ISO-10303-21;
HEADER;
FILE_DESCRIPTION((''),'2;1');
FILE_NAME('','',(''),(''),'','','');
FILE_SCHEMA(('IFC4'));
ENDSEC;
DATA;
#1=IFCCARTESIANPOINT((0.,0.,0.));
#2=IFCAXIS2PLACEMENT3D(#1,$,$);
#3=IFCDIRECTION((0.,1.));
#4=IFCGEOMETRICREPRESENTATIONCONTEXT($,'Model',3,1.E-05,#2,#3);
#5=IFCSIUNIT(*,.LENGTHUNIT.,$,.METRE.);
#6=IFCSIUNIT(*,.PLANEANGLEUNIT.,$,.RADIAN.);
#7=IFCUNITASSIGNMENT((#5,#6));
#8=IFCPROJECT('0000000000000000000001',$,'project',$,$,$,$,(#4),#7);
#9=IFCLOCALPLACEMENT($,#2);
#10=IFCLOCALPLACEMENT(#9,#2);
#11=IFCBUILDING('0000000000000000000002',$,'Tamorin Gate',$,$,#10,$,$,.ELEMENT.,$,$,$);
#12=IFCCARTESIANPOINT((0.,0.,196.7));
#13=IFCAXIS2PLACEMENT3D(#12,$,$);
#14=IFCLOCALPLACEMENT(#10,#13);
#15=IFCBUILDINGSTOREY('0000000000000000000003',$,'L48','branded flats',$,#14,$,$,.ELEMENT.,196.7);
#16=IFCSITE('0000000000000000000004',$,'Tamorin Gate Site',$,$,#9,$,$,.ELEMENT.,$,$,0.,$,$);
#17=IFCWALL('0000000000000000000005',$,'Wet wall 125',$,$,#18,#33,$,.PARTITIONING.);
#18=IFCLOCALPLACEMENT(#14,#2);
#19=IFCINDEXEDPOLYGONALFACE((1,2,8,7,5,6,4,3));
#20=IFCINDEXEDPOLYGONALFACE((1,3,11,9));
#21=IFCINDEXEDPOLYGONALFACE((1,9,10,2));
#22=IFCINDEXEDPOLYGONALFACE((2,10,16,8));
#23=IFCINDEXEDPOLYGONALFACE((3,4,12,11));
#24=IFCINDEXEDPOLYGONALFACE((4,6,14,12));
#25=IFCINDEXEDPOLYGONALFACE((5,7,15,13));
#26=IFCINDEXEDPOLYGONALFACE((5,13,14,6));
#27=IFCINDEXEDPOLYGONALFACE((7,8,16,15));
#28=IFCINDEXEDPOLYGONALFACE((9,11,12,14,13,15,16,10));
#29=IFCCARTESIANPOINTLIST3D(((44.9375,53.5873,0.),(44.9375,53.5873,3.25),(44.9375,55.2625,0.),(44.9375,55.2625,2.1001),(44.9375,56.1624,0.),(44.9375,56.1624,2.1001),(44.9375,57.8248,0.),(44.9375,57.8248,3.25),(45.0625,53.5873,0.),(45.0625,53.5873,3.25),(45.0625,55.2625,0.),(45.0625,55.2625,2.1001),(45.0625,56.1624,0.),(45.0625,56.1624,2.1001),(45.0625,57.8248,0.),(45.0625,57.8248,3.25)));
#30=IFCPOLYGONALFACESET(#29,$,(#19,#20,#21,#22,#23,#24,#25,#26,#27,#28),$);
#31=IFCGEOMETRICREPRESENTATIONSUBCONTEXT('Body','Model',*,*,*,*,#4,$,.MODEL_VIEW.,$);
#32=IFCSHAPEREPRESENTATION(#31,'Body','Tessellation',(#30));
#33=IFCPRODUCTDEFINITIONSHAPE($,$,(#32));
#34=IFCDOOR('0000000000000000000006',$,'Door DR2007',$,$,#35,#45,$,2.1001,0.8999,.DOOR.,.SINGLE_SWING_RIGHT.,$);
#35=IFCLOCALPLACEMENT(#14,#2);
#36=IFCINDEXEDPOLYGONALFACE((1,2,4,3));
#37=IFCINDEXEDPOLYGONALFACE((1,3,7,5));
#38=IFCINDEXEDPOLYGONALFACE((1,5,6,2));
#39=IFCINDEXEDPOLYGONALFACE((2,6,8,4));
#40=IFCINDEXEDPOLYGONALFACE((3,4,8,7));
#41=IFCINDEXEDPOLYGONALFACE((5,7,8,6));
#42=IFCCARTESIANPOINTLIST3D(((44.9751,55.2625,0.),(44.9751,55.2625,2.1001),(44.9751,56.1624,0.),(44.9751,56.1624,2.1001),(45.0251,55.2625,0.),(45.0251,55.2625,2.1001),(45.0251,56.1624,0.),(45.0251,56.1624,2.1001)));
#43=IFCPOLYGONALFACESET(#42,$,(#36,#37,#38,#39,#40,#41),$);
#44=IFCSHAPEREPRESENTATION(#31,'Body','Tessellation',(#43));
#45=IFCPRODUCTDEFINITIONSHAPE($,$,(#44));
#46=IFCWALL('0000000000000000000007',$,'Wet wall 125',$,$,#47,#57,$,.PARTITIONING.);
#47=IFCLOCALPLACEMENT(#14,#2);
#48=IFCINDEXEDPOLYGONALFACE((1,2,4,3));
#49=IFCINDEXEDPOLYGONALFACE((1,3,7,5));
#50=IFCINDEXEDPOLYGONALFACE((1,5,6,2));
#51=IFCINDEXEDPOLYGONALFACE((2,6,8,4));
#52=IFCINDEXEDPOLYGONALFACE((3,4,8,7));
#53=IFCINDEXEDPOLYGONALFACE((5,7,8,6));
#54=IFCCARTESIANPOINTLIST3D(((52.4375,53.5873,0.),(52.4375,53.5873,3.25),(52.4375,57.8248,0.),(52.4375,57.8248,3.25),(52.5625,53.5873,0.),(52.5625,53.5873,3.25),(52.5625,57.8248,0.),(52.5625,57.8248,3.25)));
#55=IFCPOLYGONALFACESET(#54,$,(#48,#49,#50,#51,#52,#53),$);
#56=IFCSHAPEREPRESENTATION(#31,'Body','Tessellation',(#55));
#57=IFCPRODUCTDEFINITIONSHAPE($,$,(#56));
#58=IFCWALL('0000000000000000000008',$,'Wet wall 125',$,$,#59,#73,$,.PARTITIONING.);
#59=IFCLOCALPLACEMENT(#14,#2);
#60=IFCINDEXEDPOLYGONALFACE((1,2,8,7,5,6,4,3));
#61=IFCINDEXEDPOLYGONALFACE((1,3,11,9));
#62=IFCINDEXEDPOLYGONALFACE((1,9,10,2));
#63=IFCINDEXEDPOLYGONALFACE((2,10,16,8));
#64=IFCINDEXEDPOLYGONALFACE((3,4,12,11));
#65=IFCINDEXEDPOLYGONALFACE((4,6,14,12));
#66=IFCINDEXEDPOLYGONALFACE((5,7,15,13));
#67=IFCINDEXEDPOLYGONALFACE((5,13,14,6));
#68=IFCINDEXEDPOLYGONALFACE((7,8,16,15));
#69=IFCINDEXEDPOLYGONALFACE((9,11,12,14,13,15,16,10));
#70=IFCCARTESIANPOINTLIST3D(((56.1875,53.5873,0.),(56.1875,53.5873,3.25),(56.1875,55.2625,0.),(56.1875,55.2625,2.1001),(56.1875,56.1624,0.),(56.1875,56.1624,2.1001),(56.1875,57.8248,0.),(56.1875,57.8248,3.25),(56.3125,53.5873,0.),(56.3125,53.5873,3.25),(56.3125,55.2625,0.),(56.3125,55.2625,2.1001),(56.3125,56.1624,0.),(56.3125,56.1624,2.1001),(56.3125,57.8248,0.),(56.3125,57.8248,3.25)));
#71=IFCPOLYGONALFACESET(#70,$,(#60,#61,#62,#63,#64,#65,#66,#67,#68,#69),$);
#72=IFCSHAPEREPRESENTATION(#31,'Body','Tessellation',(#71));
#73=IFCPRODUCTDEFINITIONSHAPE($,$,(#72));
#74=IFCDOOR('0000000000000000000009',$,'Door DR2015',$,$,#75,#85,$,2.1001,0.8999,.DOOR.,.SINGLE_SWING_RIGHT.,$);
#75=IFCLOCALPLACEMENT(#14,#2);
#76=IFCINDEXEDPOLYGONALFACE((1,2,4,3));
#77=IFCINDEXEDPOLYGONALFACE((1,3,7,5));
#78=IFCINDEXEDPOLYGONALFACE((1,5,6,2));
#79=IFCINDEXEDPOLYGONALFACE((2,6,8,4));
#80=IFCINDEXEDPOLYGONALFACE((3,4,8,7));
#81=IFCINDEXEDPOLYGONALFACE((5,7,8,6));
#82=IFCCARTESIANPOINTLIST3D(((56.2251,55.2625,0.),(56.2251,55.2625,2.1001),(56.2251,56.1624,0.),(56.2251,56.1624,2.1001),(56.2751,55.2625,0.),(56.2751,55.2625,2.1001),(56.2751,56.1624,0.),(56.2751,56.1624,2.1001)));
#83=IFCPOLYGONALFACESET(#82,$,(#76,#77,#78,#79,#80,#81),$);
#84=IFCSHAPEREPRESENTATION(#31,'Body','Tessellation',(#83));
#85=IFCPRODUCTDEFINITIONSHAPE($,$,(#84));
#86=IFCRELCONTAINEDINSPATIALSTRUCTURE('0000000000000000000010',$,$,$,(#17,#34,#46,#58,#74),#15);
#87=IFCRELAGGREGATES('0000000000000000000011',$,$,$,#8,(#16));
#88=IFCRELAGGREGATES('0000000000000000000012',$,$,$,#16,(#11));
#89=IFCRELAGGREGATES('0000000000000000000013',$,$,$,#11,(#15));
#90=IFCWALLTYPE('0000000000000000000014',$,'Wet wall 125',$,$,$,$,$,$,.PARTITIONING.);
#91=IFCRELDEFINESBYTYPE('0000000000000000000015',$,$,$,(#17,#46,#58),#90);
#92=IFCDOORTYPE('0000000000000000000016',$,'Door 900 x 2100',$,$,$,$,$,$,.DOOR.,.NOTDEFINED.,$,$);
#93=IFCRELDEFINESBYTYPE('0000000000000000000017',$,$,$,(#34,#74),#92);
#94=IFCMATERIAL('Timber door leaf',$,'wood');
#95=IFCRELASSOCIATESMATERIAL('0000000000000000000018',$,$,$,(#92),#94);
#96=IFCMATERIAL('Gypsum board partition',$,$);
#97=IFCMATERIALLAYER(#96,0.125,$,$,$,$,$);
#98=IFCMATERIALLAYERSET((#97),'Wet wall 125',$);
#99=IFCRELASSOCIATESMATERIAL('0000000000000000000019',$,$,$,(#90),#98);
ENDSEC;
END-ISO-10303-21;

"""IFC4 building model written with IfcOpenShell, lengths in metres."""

from ifc_helpers import new_model, si_unit, direction, frame, frame_2d, origin, place, context, subcontext, project, spatial, rectangle, extrude, material, layer, layer_set, type_object, element, fill, save


model = new_model("IFC4")

# Units and contexts
model_context = context("Model", 3, precision=1e-05, world=origin(), true_north=direction((0.0, 1.0)))
body_context = subcontext(model_context, "Body", "Model", "MODEL_VIEW")
ifc_project = project(units=[si_unit("LENGTHUNIT", "METRE"), si_unit("PLANEANGLEUNIT", "RADIAN")], contexts=[model_context])

# Site, building, storey
site_placement = place(None, origin())
site = spatial("IfcSite", under=ifc_project, at=site_placement, Name="Tamorin Gate Site", CompositionType="ELEMENT", RefElevation=0.0)
building_placement = place(site_placement, origin())
building = spatial("IfcBuilding", under=site, at=building_placement, Name="Tamorin Gate", CompositionType="ELEMENT")
storey_placement = place(building_placement, frame((0.0, 0.0, 196.7)))
storey = spatial("IfcBuildingStorey", under=building, at=storey_placement, Name="L48", Description="branded flats", CompositionType="ELEMENT", Elevation=196.7)

# Shared definitions
ifc_material_1 = material(Name="Gypsum board partition")

# Shared definitions
ifc_material_2 = material(Name="Timber door leaf", Category="wood")
door_type = type_object("IfcDoorType", Name="Door 900 x 2100", OperationType="NOTDEFINED", PredefinedType="DOOR", material=ifc_material_2)

# Shared definitions
ifc_layer_1 = layer(ifc_material_1, 0.125)
ifc_layer_set_1 = layer_set([ifc_layer_1], Name="Wet wall 125")
wall_type_1 = type_object("IfcWallType", Name="Wet wall 125", PredefinedType="PARTITIONING", material=ifc_layer_set_1)

# Wall, opening, door
wall_1_placement = place(storey_placement, frame((45.0, 53.5874, 0.0), z_axis=(0.0, 0.0, 1.0), x_axis=(0.0, 1.0, 0.0)))
wall_1 = element("IfcWall", 1, at=wall_1_placement, inside=storey, type_object=wall_type_1, Name="Wet wall 125", PredefinedType="PARTITIONING", context=body_context, shape_type="SweptSolid", body=[
    extrude(rectangle(XDim=4.2375, YDim=0.125, at=frame_2d((2.1187, 0.0))), origin(), (0.0, 0.0, 1.0), 3.25),
])
opening_1_placement = place(wall_1_placement, frame((1.675, 0.0, 0.0)))
opening_1 = element("IfcOpeningElement", 2, at=opening_1_placement, cuts=wall_1, PredefinedType="OPENING", context=body_context, shape_type="SweptSolid", body=[
    extrude(rectangle(XDim=0.8999, YDim=2.1001, at=frame_2d((0.45, 1.05))), frame((0.0, 0.0725, 0.0), z_axis=(0.0, -1.0, 0.0), x_axis=(1.0, 0.0, 0.0)), (0.0, 0.0, 1.0), 0.145),
])
door_1_placement = place(opening_1_placement, origin())
door_1 = element("IfcDoor", 3, at=door_1_placement, inside=storey, type_object=door_type, Name="Door DR2007", OperationType="SINGLE_SWING_RIGHT", OverallHeight=2.1001, OverallWidth=0.8999, PredefinedType="DOOR", context=body_context, shape_type="SweptSolid", body=[
    extrude(rectangle(XDim=0.8999, YDim=2.1001, at=frame_2d((0.45, 1.05))), frame((0.0, 0.0249, 0.0), z_axis=(0.0, -1.0, 0.0), x_axis=(1.0, 0.0, 0.0)), (0.0, 0.0, 1.0), 0.05),
])
fill(opening_1, door_1)

# Wall
wall_2_placement = place(storey_placement, frame((52.5, 53.5874, 0.0), z_axis=(0.0, 0.0, 1.0), x_axis=(0.0, 1.0, 0.0)))
element("IfcWall", 4, at=wall_2_placement, inside=storey, type_object=wall_type_1, Name="Wet wall 125", PredefinedType="PARTITIONING", context=body_context, shape_type="SweptSolid", body=[
    extrude(rectangle(XDim=4.2375, YDim=0.125, at=frame_2d((2.1187, 0.0))), origin(), (0.0, 0.0, 1.0), 3.25),
])

# Wall, opening, door
wall_3_placement = place(storey_placement, frame((56.25, 53.5874, 0.0), z_axis=(0.0, 0.0, 1.0), x_axis=(0.0, 1.0, 0.0)))
wall_3 = element("IfcWall", 5, at=wall_3_placement, inside=storey, type_object=wall_type_1, Name="Wet wall 125", PredefinedType="PARTITIONING", context=body_context, shape_type="SweptSolid", body=[
    extrude(rectangle(XDim=4.2375, YDim=0.125, at=frame_2d((2.1187, 0.0))), origin(), (0.0, 0.0, 1.0), 3.25),
])
opening_2_placement = place(wall_3_placement, frame((1.675, 0.0, 0.0)))
opening_2 = element("IfcOpeningElement", 6, at=opening_2_placement, cuts=wall_3, PredefinedType="OPENING", context=body_context, shape_type="SweptSolid", body=[
    extrude(rectangle(XDim=0.8999, YDim=2.1001, at=frame_2d((0.45, 1.05))), frame((0.0, 0.0725, 0.0), z_axis=(0.0, -1.0, 0.0), x_axis=(1.0, 0.0, 0.0)), (0.0, 0.0, 1.0), 0.145),
])
door_2_placement = place(opening_2_placement, origin())
door_2 = element("IfcDoor", 7, at=door_2_placement, inside=storey, type_object=door_type, Name="Door DR2015", OperationType="SINGLE_SWING_RIGHT", OverallHeight=2.1001, OverallWidth=0.8999, PredefinedType="DOOR", context=body_context, shape_type="SweptSolid", body=[
    extrude(rectangle(XDim=0.8999, YDim=2.1001, at=frame_2d((0.45, 1.05))), frame((0.0, 0.0249, 0.0), z_axis=(0.0, -1.0, 0.0), x_axis=(1.0, 0.0, 0.0)), (0.0, 0.0, 1.0), 0.05),
])
fill(opening_2, door_2)

save(model, "model.ifc")
